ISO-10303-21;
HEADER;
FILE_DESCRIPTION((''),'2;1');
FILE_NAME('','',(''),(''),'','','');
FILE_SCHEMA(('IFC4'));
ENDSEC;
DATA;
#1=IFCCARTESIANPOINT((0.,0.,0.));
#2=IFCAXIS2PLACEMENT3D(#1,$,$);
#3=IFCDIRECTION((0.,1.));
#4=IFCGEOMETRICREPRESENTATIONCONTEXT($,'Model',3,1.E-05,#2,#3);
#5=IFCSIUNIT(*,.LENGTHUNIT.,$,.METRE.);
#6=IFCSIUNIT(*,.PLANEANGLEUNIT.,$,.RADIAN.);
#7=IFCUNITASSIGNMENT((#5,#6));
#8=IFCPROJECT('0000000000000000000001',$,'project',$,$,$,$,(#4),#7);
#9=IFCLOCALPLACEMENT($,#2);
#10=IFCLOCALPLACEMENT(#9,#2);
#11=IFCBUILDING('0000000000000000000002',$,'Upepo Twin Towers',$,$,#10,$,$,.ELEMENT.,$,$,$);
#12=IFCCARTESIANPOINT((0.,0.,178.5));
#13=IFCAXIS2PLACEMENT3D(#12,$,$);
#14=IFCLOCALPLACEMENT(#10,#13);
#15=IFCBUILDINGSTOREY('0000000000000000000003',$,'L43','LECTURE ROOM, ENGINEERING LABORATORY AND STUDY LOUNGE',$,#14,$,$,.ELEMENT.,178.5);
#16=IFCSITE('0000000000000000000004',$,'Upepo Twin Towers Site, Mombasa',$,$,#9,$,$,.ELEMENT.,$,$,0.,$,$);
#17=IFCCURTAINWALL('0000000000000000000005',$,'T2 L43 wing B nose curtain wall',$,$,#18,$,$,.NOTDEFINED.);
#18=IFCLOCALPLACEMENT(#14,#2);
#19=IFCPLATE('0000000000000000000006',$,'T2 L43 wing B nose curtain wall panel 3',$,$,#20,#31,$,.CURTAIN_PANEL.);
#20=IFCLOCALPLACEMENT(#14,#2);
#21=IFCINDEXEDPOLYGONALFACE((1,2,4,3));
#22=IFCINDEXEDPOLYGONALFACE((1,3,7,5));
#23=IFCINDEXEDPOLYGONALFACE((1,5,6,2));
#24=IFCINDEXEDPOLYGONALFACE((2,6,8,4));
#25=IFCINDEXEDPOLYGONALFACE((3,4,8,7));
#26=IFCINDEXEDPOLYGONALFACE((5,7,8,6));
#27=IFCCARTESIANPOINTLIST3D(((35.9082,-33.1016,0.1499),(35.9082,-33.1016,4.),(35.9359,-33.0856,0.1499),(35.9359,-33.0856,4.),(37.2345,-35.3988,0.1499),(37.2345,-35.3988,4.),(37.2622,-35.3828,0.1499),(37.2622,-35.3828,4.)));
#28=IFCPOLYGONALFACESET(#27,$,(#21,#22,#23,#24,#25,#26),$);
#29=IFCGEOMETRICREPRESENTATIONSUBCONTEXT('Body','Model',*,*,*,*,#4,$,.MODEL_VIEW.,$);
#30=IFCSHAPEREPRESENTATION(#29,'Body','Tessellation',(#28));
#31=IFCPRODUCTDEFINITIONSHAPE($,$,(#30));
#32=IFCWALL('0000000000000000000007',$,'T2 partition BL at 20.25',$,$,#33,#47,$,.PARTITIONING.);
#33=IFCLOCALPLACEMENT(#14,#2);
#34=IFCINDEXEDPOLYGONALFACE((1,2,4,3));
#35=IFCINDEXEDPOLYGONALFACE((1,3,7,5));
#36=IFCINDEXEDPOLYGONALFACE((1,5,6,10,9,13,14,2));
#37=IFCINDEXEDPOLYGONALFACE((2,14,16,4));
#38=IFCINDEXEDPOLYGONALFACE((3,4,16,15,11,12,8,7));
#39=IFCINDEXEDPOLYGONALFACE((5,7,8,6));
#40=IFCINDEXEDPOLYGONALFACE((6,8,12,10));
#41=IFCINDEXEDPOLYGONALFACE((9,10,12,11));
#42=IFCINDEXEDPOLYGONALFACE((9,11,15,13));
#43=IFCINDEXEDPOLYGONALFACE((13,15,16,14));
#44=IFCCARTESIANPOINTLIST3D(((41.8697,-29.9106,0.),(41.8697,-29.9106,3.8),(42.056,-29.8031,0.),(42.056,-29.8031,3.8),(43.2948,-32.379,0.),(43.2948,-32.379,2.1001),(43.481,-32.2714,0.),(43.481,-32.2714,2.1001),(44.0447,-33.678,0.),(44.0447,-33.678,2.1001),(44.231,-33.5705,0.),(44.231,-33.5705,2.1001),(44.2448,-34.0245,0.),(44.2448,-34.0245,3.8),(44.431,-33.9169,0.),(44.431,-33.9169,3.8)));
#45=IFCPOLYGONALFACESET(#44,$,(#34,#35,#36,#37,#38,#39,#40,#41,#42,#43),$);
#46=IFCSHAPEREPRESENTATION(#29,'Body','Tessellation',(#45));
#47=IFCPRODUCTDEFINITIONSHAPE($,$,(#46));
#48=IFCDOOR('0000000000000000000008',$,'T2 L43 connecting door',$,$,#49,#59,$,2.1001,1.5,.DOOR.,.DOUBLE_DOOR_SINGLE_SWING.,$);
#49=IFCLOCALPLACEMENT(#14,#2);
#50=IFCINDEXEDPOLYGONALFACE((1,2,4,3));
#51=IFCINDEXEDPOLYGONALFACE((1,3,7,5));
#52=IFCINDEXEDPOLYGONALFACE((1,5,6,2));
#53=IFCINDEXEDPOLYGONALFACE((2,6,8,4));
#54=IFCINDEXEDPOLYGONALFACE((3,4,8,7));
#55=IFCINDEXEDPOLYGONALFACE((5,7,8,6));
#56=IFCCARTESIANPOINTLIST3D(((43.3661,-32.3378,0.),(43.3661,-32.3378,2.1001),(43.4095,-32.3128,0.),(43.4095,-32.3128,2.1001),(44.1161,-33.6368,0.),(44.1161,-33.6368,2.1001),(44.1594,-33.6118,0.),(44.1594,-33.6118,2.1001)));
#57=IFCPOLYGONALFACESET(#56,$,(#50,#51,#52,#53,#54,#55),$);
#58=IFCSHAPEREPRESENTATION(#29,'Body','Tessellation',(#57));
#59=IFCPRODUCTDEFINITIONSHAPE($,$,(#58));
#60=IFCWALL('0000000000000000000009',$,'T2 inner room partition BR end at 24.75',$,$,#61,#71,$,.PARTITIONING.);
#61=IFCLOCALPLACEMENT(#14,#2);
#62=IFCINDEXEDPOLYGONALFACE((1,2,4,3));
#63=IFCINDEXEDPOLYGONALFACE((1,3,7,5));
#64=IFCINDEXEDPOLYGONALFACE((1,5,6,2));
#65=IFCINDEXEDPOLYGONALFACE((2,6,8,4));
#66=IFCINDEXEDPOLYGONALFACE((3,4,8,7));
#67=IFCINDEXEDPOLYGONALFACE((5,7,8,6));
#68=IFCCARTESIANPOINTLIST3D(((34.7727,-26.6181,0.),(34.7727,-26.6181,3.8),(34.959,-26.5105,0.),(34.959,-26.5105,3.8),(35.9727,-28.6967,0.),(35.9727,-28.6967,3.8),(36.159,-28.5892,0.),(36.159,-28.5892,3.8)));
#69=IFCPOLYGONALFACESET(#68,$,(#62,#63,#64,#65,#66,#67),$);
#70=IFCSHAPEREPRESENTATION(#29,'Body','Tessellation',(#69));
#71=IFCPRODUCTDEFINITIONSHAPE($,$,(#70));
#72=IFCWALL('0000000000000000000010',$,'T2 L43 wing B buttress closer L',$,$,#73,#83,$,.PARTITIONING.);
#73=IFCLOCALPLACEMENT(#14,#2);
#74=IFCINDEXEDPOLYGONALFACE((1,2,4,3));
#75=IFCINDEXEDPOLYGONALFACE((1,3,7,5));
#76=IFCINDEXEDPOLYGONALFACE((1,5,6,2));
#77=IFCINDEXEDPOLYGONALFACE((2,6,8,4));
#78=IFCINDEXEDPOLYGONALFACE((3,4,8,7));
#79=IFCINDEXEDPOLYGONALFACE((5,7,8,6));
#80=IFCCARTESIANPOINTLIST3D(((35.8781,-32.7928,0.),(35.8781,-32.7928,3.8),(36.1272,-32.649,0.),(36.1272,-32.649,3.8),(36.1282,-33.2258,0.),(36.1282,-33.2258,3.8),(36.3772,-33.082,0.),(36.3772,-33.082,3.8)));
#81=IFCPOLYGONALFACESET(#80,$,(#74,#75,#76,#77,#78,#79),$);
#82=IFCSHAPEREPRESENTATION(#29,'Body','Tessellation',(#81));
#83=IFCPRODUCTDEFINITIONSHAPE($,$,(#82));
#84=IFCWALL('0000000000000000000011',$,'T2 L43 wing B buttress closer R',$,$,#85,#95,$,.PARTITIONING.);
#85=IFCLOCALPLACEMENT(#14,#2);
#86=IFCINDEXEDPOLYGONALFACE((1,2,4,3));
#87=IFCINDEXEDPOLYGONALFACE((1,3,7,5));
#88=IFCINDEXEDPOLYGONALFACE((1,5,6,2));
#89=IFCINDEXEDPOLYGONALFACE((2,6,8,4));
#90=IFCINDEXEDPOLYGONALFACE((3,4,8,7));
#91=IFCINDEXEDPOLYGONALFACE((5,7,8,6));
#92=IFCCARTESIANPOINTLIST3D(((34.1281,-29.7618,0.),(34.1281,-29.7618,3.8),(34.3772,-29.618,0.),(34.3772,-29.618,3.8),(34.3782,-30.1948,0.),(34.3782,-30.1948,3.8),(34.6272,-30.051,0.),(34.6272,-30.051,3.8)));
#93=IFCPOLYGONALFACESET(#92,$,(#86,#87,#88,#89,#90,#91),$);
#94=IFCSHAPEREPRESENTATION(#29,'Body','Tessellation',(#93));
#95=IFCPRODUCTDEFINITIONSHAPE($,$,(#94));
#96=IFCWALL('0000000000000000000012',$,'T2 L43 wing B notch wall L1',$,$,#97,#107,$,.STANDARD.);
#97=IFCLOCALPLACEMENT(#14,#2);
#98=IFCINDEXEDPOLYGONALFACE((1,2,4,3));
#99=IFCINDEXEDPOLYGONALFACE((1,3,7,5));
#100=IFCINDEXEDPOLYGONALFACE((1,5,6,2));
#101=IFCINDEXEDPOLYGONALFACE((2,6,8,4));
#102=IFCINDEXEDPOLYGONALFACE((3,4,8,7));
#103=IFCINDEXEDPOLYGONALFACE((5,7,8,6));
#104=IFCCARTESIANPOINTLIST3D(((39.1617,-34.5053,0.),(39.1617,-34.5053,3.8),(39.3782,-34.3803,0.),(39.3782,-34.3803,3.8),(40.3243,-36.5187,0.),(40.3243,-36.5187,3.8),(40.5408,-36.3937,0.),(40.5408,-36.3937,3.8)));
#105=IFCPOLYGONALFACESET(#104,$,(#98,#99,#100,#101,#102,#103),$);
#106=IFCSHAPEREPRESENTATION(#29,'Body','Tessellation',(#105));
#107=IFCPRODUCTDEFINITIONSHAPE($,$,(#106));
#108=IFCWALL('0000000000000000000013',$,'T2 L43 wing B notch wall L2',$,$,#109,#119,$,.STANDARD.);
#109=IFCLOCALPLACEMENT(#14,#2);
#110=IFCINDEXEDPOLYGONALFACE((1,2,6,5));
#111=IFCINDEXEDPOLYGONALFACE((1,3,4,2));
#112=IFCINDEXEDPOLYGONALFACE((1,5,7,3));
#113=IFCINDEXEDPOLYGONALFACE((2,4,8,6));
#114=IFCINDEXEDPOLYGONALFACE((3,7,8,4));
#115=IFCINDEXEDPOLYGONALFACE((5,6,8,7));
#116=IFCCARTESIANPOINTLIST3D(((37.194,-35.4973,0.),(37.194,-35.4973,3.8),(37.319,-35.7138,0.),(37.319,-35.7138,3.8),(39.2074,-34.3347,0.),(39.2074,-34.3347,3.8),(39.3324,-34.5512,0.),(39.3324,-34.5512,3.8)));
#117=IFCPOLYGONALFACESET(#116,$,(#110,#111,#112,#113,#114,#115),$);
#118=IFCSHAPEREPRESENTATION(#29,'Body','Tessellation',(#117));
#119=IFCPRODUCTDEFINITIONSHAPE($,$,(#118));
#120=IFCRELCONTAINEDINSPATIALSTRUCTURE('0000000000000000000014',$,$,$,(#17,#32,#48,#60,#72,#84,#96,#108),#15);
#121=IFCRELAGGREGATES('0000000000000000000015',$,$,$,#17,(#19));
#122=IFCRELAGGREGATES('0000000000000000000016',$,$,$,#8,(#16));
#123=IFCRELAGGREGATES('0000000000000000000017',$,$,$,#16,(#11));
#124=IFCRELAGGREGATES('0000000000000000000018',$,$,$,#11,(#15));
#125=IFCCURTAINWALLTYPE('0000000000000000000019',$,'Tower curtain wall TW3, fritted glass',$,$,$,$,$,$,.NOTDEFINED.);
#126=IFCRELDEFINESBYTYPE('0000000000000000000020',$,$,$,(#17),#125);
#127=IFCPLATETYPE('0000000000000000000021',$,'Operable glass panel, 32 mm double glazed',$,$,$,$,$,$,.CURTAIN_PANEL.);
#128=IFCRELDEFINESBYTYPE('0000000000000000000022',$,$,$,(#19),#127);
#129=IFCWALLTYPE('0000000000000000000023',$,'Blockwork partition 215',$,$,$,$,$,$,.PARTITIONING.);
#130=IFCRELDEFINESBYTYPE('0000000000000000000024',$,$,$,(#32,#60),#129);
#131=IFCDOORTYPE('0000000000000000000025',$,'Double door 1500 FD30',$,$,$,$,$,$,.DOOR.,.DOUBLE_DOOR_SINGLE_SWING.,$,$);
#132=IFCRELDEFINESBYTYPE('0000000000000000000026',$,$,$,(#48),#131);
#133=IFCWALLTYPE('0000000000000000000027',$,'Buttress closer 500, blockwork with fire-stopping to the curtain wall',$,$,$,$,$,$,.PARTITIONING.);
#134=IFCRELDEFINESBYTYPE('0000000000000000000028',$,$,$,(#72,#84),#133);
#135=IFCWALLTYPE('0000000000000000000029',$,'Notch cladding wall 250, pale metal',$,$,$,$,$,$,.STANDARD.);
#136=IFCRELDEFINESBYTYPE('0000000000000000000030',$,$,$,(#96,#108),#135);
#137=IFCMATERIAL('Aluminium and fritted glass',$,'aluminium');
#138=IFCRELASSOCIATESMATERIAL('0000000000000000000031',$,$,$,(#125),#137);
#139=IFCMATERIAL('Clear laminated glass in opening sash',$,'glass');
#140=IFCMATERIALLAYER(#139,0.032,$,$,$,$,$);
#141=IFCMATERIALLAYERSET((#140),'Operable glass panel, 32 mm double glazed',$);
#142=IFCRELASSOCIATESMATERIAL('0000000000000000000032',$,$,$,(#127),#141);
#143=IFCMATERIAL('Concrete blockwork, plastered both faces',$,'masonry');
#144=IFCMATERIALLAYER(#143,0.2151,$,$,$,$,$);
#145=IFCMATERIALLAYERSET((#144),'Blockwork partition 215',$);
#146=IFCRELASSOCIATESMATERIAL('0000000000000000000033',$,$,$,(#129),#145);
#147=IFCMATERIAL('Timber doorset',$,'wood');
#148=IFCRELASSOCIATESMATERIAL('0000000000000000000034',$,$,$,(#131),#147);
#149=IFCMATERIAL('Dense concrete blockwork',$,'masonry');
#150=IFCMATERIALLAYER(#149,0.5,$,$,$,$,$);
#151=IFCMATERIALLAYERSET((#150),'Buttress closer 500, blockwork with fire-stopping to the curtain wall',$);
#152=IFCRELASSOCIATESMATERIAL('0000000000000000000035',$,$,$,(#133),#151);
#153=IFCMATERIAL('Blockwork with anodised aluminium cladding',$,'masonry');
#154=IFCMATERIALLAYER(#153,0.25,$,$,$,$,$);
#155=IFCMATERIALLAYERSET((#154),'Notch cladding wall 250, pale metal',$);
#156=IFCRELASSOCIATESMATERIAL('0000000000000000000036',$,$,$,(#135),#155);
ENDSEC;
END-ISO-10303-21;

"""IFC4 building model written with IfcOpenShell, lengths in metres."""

from ifc_helpers import new_model, si_unit, direction, frame, frame_2d, origin, origin_2d, place, context, subcontext, project, spatial, rectangle, extrude, material, layer, layer_set, type_object, element, fill, aggregate, save


model = new_model("IFC4")

# Units and contexts
model_context = context("Model", 3, precision=1e-05, world=origin(), true_north=direction((0.0, 1.0)))
body_context = subcontext(model_context, "Body", "Model", "MODEL_VIEW")
ifc_project = project(units=[si_unit("LENGTHUNIT", "METRE"), si_unit("PLANEANGLEUNIT", "RADIAN")], contexts=[model_context])

# Site, building, storey
site_placement = place(None, origin())
site = spatial("IfcSite", under=ifc_project, at=site_placement, Name="Upepo Twin Towers Site, Mombasa", CompositionType="ELEMENT", RefElevation=0.0)
building_placement = place(site_placement, origin())
building = spatial("IfcBuilding", under=site, at=building_placement, Name="Upepo Twin Towers", CompositionType="ELEMENT")
storey_placement = place(building_placement, frame((0.0, 0.0, 178.5)))
storey = spatial("IfcBuildingStorey", under=building, at=storey_placement, Name="L43", Description="LECTURE ROOM, ENGINEERING LABORATORY AND STUDY LOUNGE", CompositionType="ELEMENT", Elevation=178.5)

# Shared definitions
ifc_material_1 = material(Name="Aluminium and fritted glass", Category="aluminium")
curtain_wall_type = type_object("IfcCurtainWallType", Name="Tower curtain wall TW3, fritted glass", PredefinedType="NOTDEFINED", material=ifc_material_1)

# Curtain wall
curtain_wall_1_placement = place(storey_placement, origin())
curtain_wall_1 = element("IfcCurtainWall", 1, at=curtain_wall_1_placement, inside=storey, type_object=curtain_wall_type, Name="T2 L43 wing B nose curtain wall", PredefinedType="NOTDEFINED")

# Plate
ifc_material_2 = material(Name="Clear laminated glass in opening sash", Category="glass")
ifc_layer_1 = layer(ifc_material_2, 0.032)
ifc_layer_set_1 = layer_set([ifc_layer_1], Name="Operable glass panel, 32 mm double glazed")
plate_type_1 = type_object("IfcPlateType", Name="Operable glass panel, 32 mm double glazed", PredefinedType="CURTAIN_PANEL", material=ifc_layer_set_1)
plate_1_placement = place(storey_placement, frame((36.5852, -34.2422, 0.1499), z_axis=(0.0, 0.0, 1.0), x_axis=(0.5, -0.866025, 0.0)))
plate_1 = element("IfcPlate", 2, at=plate_1_placement, type_object=plate_type_1, Name="T2 L43 wing B nose curtain wall panel 3", PredefinedType="CURTAIN_PANEL", context=body_context, shape_type="SweptSolid", body=[
    extrude(rectangle(XDim=2.6526, YDim=0.032, at=origin_2d()), origin(), (0.0, 0.0, 1.0), 3.8501),
])
aggregate(curtain_wall_1, [plate_1])

# Wall, opening, door
ifc_material_3 = material(Name="Concrete blockwork, plastered both faces", Category="masonry")
ifc_layer_2 = layer(ifc_material_3, 0.2151)
ifc_layer_set_2 = layer_set([ifc_layer_2], Name="Blockwork partition 215")
wall_type_1 = type_object("IfcWallType", Name="Blockwork partition 215", PredefinedType="PARTITIONING", material=ifc_layer_set_2)
wall_1_placement = place(storey_placement, frame((41.9629, -29.8569, 0.0), z_axis=(0.0, 0.0, 1.0), x_axis=(0.499986, -0.866033, 0.0)))
wall_1 = element("IfcWall", 3, at=wall_1_placement, inside=storey, type_object=wall_type_1, Name="T2 partition BL at 20.25", PredefinedType="PARTITIONING", context=body_context, shape_type="SweptSolid", body=[
    extrude(rectangle(XDim=4.7502, YDim=0.2151, at=frame_2d((2.375, 0.0))), origin(), (0.0, 0.0, 1.0), 3.8),
])
opening_placement = place(wall_1_placement, frame((2.8501, 0.0, 0.0)))
opening = element("IfcOpeningElement", 4, at=opening_placement, cuts=wall_1, PredefinedType="OPENING", context=body_context, shape_type="SweptSolid", body=[
    extrude(rectangle(XDim=1.5, YDim=2.1001, at=frame_2d((0.75, 1.05))), frame((0.0, 0.1174, 0.0), z_axis=(0.0, -1.0, 0.0), x_axis=(1.0, 0.0, 0.0)), (0.0, 0.0, 1.0), 0.2351),
])
ifc_material_4 = material(Name="Timber doorset", Category="wood")
door_type = type_object("IfcDoorType", Name="Double door 1500 FD30", OperationType="DOUBLE_DOOR_SINGLE_SWING", PredefinedType="DOOR", material=ifc_material_4)
door_placement = place(opening_placement, origin())
door = element("IfcDoor", 5, at=door_placement, inside=storey, type_object=door_type, Name="T2 L43 connecting door", OperationType="DOUBLE_DOOR_SINGLE_SWING", OverallHeight=2.1001, OverallWidth=1.5, PredefinedType="DOOR", context=body_context, shape_type="SweptSolid", body=[
    extrude(rectangle(XDim=1.5, YDim=2.1001, at=frame_2d((0.75, 1.05))), frame((0.0, 0.0249, 0.0), z_axis=(0.0, -1.0, 0.0), x_axis=(1.0, 0.0, 0.0)), (0.0, 0.0, 1.0), 0.05),
])
fill(opening, door)

# Walls
wall_2_placement = place(storey_placement, frame((36.0659, -28.6431, 0.0), z_axis=(0.0, 0.0, 1.0), x_axis=(-0.499957, 0.86605, 0.0)))
element("IfcWall", 6, at=wall_2_placement, inside=storey, type_object=wall_type_1, Name="T2 inner room partition BR end at 24.75", PredefinedType="PARTITIONING", context=body_context, shape_type="SweptSolid", body=[
    extrude(rectangle(XDim=2.4001, YDim=0.2151, at=frame_2d((1.2002, 0.0))), origin(), (0.0, 0.0, 1.0), 3.8),
])
ifc_material_5 = material(Name="Dense concrete blockwork", Category="masonry")
ifc_layer_3 = layer(ifc_material_5, 0.5)
ifc_layer_set_3 = layer_set([ifc_layer_3], Name="Buttress closer 500, blockwork with fire-stopping to the curtain wall")
wall_type_2 = type_object("IfcWallType", Name="Buttress closer 500, blockwork with fire-stopping to the curtain wall", PredefinedType="PARTITIONING", material=ifc_layer_set_3)
for number, where, z_axis, x_axis, name in (
    (7, (36.2522, -32.8655, 0.0), (0.0, 0.0, 1.0), (-0.865988, -0.500065, 0.0), "T2 L43 wing B buttress closer L"),
    (8, (34.5022, -29.8345, 0.0), (0.0, 0.0, 1.0), (-0.865988, -0.500065, 0.0), "T2 L43 wing B buttress closer R"),
):
    element("IfcWall", number, at=place(storey_placement, frame(where, z_axis=z_axis, x_axis=x_axis)), inside=storey, type_object=wall_type_2, Name=name, PredefinedType="PARTITIONING", context=body_context, shape_type="SweptSolid", body=[
        extrude(rectangle(XDim=0.2876, YDim=0.5, at=frame_2d((0.1438, 0.0))), origin(), (0.0, 0.0, 1.0), 3.8),
    ])
ifc_material_6 = material(Name="Blockwork with anodised aluminium cladding", Category="masonry")
ifc_layer_4 = layer(ifc_material_6, 0.25)
ifc_layer_set_4 = layer_set([ifc_layer_4], Name="Notch cladding wall 250, pale metal")
wall_type_3 = type_object("IfcWallType", Name="Notch cladding wall 250, pale metal", PredefinedType="STANDARD", material=ifc_layer_set_4)
for number, where, z_axis, x_axis, name in (
    (9, (40.4326, -36.4563, 0.0), (0.0, 0.0, 1.0), (-0.500047, 0.865998, 0.0), "T2 L43 wing B notch wall L1"),
    (10, (39.27, -34.4429, 0.0), (0.0, 0.0, 1.0), (-0.865998, -0.500047, 0.0), "T2 L43 wing B notch wall L2"),
):
    element("IfcWall", number, at=place(storey_placement, frame(where, z_axis=z_axis, x_axis=x_axis)), inside=storey, type_object=wall_type_3, Name=name, PredefinedType="STANDARD", context=body_context, shape_type="SweptSolid", body=[
        extrude(rectangle(XDim=2.325, YDim=0.25, at=frame_2d((1.1626, 0.0))), origin(), (0.0, 0.0, 1.0), 3.8),
    ])

save(model, "model.ifc")
